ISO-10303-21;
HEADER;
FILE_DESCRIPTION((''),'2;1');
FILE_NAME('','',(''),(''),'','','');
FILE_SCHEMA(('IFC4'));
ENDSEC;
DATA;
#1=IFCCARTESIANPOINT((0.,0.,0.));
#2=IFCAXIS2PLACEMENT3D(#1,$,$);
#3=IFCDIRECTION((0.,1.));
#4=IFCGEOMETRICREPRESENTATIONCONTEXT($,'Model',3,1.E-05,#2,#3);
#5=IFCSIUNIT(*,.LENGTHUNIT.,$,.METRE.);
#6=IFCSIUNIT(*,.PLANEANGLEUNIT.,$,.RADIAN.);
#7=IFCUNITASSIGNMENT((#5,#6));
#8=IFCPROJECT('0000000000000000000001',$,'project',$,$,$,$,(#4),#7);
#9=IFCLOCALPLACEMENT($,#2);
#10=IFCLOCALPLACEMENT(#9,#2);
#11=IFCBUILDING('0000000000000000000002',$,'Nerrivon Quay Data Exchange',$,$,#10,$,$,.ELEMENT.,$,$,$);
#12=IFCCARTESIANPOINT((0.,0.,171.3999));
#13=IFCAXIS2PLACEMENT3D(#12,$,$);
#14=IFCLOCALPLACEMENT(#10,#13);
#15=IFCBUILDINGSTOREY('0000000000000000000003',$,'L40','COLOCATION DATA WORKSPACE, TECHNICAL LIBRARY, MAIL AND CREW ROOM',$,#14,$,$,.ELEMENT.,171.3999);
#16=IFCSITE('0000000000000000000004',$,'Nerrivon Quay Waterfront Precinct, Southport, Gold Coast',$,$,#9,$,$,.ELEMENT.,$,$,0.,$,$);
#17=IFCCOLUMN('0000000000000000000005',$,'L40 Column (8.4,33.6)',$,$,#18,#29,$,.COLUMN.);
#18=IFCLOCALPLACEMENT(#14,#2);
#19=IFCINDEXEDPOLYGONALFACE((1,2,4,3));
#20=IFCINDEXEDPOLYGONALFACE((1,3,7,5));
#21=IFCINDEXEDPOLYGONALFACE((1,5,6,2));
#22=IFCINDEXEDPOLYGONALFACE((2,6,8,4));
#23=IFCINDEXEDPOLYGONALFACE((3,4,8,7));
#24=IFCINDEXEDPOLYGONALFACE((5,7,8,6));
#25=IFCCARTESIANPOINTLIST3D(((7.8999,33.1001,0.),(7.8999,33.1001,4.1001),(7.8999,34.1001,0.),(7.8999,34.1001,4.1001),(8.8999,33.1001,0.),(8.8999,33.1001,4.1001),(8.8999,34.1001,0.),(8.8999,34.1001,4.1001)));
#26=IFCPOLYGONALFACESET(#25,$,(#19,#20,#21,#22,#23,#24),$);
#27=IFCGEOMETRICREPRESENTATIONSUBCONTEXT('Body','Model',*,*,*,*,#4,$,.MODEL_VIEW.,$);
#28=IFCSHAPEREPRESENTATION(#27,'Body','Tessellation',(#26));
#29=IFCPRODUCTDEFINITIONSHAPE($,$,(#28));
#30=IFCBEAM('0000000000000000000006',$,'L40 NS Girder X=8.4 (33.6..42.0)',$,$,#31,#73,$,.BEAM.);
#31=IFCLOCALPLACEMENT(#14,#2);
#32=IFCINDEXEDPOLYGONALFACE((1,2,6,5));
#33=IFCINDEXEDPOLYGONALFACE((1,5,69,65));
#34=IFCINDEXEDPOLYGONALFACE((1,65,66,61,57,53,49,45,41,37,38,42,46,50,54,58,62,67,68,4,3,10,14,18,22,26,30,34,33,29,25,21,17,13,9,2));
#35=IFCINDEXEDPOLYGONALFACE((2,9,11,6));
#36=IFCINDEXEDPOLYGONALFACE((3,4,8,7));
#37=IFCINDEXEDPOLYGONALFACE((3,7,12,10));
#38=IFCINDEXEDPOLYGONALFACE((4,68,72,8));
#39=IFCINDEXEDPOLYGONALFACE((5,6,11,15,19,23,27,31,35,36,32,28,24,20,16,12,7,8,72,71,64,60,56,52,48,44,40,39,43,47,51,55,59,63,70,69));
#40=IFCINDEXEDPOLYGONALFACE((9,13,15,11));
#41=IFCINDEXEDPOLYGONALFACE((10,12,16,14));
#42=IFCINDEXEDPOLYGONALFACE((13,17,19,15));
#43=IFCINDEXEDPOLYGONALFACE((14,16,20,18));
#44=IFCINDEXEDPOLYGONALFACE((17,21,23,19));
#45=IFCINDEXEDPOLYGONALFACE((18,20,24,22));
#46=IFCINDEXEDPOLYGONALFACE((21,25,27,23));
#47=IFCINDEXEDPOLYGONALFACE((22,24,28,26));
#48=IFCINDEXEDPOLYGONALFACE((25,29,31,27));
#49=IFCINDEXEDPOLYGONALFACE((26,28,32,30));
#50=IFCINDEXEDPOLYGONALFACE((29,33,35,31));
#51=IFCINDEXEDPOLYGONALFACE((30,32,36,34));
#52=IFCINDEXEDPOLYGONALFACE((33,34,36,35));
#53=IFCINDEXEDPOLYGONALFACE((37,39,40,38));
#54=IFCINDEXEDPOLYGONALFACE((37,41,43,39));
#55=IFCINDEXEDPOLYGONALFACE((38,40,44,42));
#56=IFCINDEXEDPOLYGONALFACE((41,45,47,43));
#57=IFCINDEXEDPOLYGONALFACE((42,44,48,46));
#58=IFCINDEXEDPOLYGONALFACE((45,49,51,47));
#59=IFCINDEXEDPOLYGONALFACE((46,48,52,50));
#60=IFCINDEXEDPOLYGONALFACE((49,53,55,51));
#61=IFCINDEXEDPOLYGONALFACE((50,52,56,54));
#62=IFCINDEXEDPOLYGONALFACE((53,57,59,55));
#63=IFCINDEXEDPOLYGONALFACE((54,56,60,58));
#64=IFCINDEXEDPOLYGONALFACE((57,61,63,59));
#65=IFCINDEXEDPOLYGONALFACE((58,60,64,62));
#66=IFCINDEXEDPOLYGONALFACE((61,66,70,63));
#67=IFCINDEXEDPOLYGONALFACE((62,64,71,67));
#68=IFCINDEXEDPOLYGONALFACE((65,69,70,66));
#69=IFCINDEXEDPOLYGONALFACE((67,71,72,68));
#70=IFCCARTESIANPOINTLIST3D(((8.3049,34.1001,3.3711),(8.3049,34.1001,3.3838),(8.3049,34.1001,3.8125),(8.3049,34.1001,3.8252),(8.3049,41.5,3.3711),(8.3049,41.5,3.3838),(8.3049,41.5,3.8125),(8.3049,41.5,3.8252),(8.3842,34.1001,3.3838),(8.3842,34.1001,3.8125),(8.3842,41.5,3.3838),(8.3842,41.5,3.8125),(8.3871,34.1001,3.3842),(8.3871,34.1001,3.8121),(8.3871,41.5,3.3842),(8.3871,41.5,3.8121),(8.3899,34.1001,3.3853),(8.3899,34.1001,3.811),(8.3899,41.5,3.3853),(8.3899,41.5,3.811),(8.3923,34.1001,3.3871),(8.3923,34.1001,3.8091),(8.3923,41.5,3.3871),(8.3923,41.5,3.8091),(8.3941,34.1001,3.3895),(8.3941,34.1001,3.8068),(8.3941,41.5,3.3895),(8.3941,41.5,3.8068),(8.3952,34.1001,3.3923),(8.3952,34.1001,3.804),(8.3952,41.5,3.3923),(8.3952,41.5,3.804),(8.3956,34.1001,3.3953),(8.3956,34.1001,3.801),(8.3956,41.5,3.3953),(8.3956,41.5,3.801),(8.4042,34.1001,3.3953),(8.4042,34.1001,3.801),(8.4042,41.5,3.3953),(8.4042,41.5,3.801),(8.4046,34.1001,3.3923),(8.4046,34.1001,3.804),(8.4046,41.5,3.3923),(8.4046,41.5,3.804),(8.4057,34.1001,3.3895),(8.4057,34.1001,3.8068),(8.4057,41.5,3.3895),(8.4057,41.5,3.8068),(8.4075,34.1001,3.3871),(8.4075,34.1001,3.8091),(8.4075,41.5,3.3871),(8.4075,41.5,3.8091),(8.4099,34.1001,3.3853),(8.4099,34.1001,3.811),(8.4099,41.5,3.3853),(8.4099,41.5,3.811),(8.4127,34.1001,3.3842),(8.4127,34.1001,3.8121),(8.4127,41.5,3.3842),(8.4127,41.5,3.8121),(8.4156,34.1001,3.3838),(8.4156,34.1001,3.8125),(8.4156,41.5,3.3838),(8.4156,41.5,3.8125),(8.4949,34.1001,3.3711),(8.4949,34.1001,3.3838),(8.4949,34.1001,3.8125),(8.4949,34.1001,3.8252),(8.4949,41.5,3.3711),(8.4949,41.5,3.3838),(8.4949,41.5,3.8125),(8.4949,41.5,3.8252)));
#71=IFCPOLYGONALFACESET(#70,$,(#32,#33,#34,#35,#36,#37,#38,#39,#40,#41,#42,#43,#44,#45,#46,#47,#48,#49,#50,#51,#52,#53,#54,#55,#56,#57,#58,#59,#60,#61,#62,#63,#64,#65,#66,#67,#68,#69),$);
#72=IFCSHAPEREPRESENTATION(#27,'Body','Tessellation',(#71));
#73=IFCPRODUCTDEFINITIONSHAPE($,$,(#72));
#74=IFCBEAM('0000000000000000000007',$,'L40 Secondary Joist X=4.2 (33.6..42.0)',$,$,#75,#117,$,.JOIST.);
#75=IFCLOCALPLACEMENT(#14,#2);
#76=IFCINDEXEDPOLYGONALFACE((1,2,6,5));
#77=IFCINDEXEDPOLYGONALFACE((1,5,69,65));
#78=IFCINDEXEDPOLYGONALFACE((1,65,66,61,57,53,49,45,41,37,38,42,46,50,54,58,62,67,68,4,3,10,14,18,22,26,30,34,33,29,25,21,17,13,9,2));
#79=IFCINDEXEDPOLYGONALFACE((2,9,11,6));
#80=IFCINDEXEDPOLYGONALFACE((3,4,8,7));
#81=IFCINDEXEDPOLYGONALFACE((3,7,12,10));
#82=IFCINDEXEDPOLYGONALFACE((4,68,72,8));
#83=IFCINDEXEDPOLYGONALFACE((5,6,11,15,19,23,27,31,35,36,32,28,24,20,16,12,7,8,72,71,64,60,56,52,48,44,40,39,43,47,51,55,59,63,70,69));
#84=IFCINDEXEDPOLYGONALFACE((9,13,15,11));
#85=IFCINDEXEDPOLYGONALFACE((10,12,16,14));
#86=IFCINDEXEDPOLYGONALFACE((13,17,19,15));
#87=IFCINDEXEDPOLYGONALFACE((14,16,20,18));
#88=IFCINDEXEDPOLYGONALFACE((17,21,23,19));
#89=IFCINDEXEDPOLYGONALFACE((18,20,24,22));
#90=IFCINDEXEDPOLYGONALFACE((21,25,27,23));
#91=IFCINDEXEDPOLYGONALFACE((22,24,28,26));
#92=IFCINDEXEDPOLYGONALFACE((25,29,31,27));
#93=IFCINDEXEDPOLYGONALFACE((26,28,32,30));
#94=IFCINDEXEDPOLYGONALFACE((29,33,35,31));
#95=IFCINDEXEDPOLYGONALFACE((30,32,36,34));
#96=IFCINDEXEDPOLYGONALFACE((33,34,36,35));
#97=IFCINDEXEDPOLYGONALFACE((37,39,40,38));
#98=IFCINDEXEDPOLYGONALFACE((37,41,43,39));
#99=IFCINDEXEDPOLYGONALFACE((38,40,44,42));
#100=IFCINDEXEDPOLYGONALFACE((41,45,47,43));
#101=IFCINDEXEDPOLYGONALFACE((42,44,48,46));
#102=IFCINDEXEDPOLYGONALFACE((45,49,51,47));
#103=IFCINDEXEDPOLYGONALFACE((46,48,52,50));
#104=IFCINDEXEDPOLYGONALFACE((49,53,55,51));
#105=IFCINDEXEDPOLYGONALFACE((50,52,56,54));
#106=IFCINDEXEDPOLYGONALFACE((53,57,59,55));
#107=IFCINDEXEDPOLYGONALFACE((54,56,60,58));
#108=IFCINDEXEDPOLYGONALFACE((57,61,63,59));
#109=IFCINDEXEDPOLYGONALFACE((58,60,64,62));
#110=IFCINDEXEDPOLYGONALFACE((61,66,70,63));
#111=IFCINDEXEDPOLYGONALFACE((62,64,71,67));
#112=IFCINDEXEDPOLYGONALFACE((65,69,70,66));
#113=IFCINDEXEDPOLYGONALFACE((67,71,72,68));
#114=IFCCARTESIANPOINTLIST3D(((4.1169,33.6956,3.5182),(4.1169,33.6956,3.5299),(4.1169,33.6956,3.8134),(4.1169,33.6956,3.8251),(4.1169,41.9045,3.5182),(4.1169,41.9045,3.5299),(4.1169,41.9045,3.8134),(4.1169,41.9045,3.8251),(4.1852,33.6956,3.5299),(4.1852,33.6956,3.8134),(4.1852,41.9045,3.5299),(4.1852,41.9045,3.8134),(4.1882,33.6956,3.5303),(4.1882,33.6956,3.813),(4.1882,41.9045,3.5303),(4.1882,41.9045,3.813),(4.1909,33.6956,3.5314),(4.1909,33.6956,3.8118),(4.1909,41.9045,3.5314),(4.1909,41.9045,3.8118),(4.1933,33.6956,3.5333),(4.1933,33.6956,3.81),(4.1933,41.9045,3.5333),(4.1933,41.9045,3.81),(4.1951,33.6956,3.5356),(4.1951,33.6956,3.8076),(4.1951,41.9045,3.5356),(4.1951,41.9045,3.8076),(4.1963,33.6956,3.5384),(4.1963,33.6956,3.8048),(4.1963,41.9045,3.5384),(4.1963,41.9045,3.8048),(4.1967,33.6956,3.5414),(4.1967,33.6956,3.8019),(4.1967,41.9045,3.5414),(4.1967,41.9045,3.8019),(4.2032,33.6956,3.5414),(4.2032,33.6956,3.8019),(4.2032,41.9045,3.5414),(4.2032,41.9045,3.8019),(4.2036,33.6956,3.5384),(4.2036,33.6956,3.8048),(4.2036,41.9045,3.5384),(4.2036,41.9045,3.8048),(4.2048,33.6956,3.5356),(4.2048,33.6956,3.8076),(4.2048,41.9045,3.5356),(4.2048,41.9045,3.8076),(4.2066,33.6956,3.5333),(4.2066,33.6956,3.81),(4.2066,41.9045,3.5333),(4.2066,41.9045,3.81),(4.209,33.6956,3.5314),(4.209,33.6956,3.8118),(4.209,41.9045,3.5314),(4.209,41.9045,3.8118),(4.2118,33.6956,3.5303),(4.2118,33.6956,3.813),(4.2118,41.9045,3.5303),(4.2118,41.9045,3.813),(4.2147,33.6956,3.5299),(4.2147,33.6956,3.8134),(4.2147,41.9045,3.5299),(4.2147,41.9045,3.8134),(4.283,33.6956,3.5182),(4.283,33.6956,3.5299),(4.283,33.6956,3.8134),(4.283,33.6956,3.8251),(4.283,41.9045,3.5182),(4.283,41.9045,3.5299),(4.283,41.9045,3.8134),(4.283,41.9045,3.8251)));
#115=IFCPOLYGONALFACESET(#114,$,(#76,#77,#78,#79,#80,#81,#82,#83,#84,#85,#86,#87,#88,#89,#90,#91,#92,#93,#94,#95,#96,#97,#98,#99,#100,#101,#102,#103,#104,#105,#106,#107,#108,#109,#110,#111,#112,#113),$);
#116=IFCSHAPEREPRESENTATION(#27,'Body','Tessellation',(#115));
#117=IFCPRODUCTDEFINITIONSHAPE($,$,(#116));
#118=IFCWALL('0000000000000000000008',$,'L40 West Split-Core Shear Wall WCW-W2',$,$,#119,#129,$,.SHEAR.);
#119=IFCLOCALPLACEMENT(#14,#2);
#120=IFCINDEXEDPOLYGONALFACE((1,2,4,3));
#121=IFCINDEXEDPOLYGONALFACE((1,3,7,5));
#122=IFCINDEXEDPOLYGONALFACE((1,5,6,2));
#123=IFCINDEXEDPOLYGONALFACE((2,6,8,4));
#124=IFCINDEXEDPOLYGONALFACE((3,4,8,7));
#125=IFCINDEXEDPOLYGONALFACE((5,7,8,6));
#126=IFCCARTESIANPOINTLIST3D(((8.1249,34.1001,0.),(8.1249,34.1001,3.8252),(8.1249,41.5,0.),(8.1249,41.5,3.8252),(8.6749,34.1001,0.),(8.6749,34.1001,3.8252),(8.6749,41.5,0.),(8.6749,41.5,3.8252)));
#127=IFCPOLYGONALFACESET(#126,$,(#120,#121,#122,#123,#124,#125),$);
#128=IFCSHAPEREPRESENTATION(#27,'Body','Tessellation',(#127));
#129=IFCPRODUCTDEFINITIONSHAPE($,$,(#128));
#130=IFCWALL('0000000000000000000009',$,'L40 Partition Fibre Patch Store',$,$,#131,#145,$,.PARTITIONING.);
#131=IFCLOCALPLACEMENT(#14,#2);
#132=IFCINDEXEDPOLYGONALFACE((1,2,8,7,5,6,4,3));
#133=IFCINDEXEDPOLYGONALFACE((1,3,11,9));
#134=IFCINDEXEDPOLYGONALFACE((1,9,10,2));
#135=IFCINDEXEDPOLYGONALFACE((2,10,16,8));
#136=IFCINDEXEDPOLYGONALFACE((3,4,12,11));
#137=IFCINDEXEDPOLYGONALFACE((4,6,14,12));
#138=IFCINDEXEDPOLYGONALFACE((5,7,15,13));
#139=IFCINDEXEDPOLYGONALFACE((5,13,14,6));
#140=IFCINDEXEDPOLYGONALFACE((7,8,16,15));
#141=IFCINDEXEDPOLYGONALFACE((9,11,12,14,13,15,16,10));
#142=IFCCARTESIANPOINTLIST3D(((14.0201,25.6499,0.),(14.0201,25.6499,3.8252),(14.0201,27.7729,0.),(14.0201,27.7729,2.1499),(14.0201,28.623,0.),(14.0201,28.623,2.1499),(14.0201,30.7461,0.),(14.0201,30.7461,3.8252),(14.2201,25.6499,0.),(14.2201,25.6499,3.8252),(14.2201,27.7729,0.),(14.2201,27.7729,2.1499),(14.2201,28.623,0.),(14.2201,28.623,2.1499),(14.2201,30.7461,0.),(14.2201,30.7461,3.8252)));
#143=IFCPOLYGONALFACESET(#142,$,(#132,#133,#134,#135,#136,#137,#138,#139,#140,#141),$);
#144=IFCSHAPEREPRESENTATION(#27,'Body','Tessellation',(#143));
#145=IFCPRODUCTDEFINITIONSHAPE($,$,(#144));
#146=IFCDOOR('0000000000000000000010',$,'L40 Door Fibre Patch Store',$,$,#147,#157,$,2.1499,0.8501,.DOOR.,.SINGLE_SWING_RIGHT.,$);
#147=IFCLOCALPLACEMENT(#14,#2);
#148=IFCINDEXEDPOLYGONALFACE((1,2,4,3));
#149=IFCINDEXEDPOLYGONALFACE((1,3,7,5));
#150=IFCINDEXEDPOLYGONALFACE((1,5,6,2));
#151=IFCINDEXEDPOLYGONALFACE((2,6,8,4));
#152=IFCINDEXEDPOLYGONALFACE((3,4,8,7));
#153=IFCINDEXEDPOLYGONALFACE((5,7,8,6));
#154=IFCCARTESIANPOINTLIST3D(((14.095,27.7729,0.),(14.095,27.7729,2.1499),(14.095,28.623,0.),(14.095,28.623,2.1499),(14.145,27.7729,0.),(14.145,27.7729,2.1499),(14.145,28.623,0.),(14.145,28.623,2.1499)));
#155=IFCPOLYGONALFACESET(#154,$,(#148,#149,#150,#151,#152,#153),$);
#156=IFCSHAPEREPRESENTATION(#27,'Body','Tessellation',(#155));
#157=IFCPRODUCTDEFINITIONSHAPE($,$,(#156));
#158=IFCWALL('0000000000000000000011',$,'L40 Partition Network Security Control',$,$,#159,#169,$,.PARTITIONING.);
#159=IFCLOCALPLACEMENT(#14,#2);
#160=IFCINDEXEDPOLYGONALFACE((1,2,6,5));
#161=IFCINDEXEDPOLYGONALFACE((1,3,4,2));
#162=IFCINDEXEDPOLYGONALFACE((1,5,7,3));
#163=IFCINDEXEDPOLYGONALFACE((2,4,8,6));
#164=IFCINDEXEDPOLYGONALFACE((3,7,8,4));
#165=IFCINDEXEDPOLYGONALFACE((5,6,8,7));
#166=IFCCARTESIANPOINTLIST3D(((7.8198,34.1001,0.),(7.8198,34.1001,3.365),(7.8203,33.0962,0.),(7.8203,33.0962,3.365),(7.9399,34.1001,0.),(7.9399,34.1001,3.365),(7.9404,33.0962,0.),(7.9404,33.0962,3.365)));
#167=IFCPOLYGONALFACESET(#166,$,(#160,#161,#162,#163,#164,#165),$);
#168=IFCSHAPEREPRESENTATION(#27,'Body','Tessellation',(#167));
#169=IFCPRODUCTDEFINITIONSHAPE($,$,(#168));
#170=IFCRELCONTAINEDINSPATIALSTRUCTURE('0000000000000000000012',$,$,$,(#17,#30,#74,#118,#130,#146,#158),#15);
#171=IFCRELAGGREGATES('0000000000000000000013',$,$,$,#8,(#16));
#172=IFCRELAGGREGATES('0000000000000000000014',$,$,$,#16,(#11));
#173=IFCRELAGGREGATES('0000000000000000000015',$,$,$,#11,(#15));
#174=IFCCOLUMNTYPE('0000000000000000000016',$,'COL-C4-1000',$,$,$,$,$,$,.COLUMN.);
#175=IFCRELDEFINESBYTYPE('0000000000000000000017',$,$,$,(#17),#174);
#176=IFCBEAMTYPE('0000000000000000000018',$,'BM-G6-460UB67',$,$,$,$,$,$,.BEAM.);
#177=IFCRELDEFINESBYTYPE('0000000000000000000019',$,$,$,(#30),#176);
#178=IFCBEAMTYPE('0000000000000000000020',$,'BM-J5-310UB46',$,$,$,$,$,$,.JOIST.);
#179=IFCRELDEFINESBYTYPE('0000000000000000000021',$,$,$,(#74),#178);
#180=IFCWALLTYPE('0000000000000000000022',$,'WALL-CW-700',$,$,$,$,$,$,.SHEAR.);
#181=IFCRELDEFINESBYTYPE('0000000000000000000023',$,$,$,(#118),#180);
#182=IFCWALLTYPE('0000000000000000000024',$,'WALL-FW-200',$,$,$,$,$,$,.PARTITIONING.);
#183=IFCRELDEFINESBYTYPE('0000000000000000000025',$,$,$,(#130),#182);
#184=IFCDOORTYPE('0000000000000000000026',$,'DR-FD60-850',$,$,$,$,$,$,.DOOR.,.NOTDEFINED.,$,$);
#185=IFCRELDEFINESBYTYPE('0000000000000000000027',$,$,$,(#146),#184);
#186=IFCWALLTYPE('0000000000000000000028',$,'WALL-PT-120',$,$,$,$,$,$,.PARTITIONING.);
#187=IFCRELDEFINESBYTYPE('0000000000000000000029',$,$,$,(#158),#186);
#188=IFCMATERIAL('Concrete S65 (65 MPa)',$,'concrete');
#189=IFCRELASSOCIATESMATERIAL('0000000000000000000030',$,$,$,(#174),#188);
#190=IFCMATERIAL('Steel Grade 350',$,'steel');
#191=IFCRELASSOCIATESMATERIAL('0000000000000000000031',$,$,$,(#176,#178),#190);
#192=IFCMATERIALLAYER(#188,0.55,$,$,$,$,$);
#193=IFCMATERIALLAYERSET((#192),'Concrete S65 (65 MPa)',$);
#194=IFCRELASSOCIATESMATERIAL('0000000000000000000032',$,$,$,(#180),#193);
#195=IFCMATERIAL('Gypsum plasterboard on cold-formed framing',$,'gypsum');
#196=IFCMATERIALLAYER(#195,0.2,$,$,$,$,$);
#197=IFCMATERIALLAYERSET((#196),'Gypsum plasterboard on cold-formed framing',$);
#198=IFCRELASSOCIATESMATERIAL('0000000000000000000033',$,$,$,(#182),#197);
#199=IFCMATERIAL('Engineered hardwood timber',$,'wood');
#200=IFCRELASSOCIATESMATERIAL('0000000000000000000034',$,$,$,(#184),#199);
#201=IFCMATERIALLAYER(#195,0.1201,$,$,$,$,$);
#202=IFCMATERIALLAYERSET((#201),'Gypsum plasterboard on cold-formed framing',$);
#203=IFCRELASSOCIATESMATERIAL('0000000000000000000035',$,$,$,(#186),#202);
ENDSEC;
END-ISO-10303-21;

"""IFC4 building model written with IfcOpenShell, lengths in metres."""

from ifc_helpers import new_model, si_unit, direction, frame, frame_2d, origin, origin_2d, place, context, subcontext, project, spatial, rectangle, i_section, extrude, material, layer, layer_set, material_profile, profile_set, type_object, element, fill, save


model = new_model("IFC4")

# Units and contexts
model_context = context("Model", 3, precision=1e-05, world=origin(), true_north=direction((0.0, 1.0)))
body_context = subcontext(model_context, "Body", "Model", "MODEL_VIEW")
ifc_project = project(units=[si_unit("LENGTHUNIT", "METRE"), si_unit("PLANEANGLEUNIT", "RADIAN")], contexts=[model_context])

# Site, building, storey
site_placement = place(None, origin())
site = spatial("IfcSite", under=ifc_project, at=site_placement, Name="Nerrivon Quay Waterfront Precinct, Southport, Gold Coast", CompositionType="ELEMENT", RefElevation=0.0)
building_placement = place(site_placement, origin())
building = spatial("IfcBuilding", under=site, at=building_placement, Name="Nerrivon Quay Data Exchange", CompositionType="ELEMENT")
storey_placement = place(building_placement, frame((0.0, 0.0, 171.3999)))
storey = spatial("IfcBuildingStorey", under=building, at=storey_placement, Name="L40", Description="COLOCATION DATA WORKSPACE, TECHNICAL LIBRARY, MAIL AND CREW ROOM", CompositionType="ELEMENT", Elevation=171.3999)

# Column
ifc_material_1 = material(Name="Concrete S65 (65 MPa)", Category="concrete")
ifc_material_profile_1 = material_profile(ifc_material_1, rectangle(XDim=1.0, YDim=1.0, at=origin_2d()), Name="RC-COL-1000x1000")
ifc_profile_set_1 = profile_set([ifc_material_profile_1], Name="Concrete S65 (65 MPa)")
column_type = type_object("IfcColumnType", Name="COL-C4-1000", PredefinedType="COLUMN", material=ifc_profile_set_1)
column_placement = place(storey_placement, frame((8.3999, 33.6001, 0.0), z_axis=(0.0, 0.0, 1.0), x_axis=(1.0, 0.0, 0.0)))
element("IfcColumn", 1, at=column_placement, inside=storey, type_object=column_type, Name="L40 Column (8.4,33.6)", PredefinedType="COLUMN", context=body_context, shape_type="SweptSolid", body=[
    extrude(rectangle(XDim=1.0, YDim=1.0, at=origin_2d()), origin(), (0.0, 0.0, 1.0), 4.1001),
])

# Beams
ifc_material_2 = material(Name="Steel Grade 350", Category="steel")
ifc_material_profile_2 = material_profile(ifc_material_2, i_section(OverallWidth=0.1899, OverallDepth=0.4541, WebThickness=0.0085, FlangeThickness=0.0127, FilletRadius=0.0115, at=origin_2d()), Name="460UB67.1")
ifc_profile_set_2 = profile_set([ifc_material_profile_2], Name="Steel Grade 350")
beam_type_1 = type_object("IfcBeamType", Name="BM-G6-460UB67", PredefinedType="BEAM", material=ifc_profile_set_2)
beam_1_placement = place(storey_placement, frame((8.3999, 34.1001, 3.5981), z_axis=(0.0, 1.0, 0.0), x_axis=(-1.0, 0.0, 0.0)))
element("IfcBeam", 2, at=beam_1_placement, inside=storey, type_object=beam_type_1, Name="L40 NS Girder X=8.4 (33.6..42.0)", PredefinedType="BEAM", context=body_context, shape_type="SweptSolid", body=[
    extrude(i_section(OverallWidth=0.1899, OverallDepth=0.4541, WebThickness=0.0085, FlangeThickness=0.0127, FilletRadius=0.0115, at=origin_2d()), origin(), (0.0, 0.0, 1.0), 7.3999),
])
ifc_material_profile_3 = material_profile(ifc_material_2, i_section(OverallWidth=0.166, OverallDepth=0.3069, WebThickness=0.0066, FlangeThickness=0.0117, FilletRadius=0.0115, at=origin_2d()), Name="310UB46.2")
ifc_profile_set_3 = profile_set([ifc_material_profile_3], Name="Steel Grade 350")
beam_type_2 = type_object("IfcBeamType", Name="BM-J5-310UB46", PredefinedType="JOIST", material=ifc_profile_set_3)
beam_2_placement = place(storey_placement, frame((4.2, 33.6956, 3.6716), z_axis=(0.0, 1.0, 0.0), x_axis=(-1.0, 0.0, 0.0)))
element("IfcBeam", 3, at=beam_2_placement, inside=storey, type_object=beam_type_2, Name="L40 Secondary Joist X=4.2 (33.6..42.0)", PredefinedType="JOIST", context=body_context, shape_type="SweptSolid", body=[
    extrude(i_section(OverallWidth=0.166, OverallDepth=0.3069, WebThickness=0.0066, FlangeThickness=0.0117, FilletRadius=0.0115, at=origin_2d()), origin(), (0.0, 0.0, 1.0), 8.209),
])

# Wall
ifc_layer_1 = layer(ifc_material_1, 0.55)
ifc_layer_set_1 = layer_set([ifc_layer_1], Name="Concrete S65 (65 MPa)")
wall_type_1 = type_object("IfcWallType", Name="WALL-CW-700", PredefinedType="SHEAR", material=ifc_layer_set_1)
wall_1_placement = place(storey_placement, frame((8.3999, 34.1001, 0.0), z_axis=(0.0, 0.0, 1.0), x_axis=(0.0, 1.0, 0.0)))
element("IfcWall", 4, at=wall_1_placement, inside=storey, type_object=wall_type_1, Name="L40 West Split-Core Shear Wall WCW-W2", PredefinedType="SHEAR", context=body_context, shape_type="SweptSolid", body=[
    extrude(rectangle(XDim=7.3999, YDim=0.55, at=frame_2d((3.7, 0.0))), origin(), (0.0, 0.0, 1.0), 3.8252),
])

# Wall, opening, door
ifc_material_3 = material(Name="Gypsum plasterboard on cold-formed framing", Category="gypsum")
ifc_layer_2 = layer(ifc_material_3, 0.2)
ifc_layer_set_2 = layer_set([ifc_layer_2], Name="Gypsum plasterboard on cold-formed framing")
wall_type_2 = type_object("IfcWallType", Name="WALL-FW-200", PredefinedType="PARTITIONING", material=ifc_layer_set_2)
wall_2_placement = place(storey_placement, frame((14.1201, 30.7461, 0.0), z_axis=(0.0, 0.0, 1.0), x_axis=(0.0, -1.0, 0.0)))
wall_2 = element("IfcWall", 5, at=wall_2_placement, inside=storey, type_object=wall_type_2, Name="L40 Partition Fibre Patch Store", PredefinedType="PARTITIONING", context=body_context, shape_type="SweptSolid", body=[
    extrude(rectangle(XDim=5.0962, YDim=0.2, at=frame_2d((2.5481, 0.0))), origin(), (0.0, 0.0, 1.0), 3.8252),
])
opening_1_placement = place(wall_2_placement, frame((2.123, 0.0, 0.0)))
opening_1 = element("IfcOpeningElement", 6, at=opening_1_placement, cuts=wall_2, PredefinedType="OPENING", context=body_context, shape_type="SweptSolid", body=[
    extrude(rectangle(XDim=0.8501, YDim=2.1499, at=frame_2d((0.425, 1.075))), frame((0.0, 0.1099, 0.0), z_axis=(0.0, -1.0, 0.0), x_axis=(1.0, 0.0, 0.0)), (0.0, 0.0, 1.0), 0.22),
])
ifc_material_4 = material(Name="Engineered hardwood timber", Category="wood")
door_type_1 = type_object("IfcDoorType", Name="DR-FD60-850", OperationType="NOTDEFINED", PredefinedType="DOOR", material=ifc_material_4)
door_1_placement = place(opening_1_placement, origin())
door_1 = element("IfcDoor", 7, at=door_1_placement, inside=storey, type_object=door_type_1, Name="L40 Door Fibre Patch Store", OperationType="SINGLE_SWING_RIGHT", OverallHeight=2.1499, OverallWidth=0.8501, PredefinedType="DOOR", context=body_context, shape_type="SweptSolid", body=[
    extrude(rectangle(XDim=0.8501, YDim=2.1499, at=frame_2d((0.425, 1.075))), frame((0.0, 0.0249, 0.0), z_axis=(0.0, -1.0, 0.0), x_axis=(1.0, 0.0, 0.0)), (0.0, 0.0, 1.0), 0.05),
])
fill(opening_1, door_1)

# Wall
ifc_layer_3 = layer(ifc_material_3, 0.1201)
ifc_layer_set_3 = layer_set([ifc_layer_3], Name="Gypsum plasterboard on cold-formed framing")
wall_type_3 = type_object("IfcWallType", Name="WALL-PT-120", PredefinedType="PARTITIONING", material=ifc_layer_set_3)
wall_3_placement = place(storey_placement, frame((7.8804, 33.0962, 0.0), z_axis=(0.0, 0.0, 1.0), x_axis=(-0.000486, 1.0, 0.0)))
element("IfcWall", 8, at=wall_3_placement, inside=storey, type_object=wall_type_3, Name="L40 Partition Network Security Control", PredefinedType="PARTITIONING", context=body_context, shape_type="SweptSolid", body=[
    extrude(rectangle(XDim=1.0039, YDim=0.1201, at=frame_2d((0.502, 0.0))), origin(), (0.0, 0.0, 1.0), 3.365),
])

save(model, "model.ifc")
